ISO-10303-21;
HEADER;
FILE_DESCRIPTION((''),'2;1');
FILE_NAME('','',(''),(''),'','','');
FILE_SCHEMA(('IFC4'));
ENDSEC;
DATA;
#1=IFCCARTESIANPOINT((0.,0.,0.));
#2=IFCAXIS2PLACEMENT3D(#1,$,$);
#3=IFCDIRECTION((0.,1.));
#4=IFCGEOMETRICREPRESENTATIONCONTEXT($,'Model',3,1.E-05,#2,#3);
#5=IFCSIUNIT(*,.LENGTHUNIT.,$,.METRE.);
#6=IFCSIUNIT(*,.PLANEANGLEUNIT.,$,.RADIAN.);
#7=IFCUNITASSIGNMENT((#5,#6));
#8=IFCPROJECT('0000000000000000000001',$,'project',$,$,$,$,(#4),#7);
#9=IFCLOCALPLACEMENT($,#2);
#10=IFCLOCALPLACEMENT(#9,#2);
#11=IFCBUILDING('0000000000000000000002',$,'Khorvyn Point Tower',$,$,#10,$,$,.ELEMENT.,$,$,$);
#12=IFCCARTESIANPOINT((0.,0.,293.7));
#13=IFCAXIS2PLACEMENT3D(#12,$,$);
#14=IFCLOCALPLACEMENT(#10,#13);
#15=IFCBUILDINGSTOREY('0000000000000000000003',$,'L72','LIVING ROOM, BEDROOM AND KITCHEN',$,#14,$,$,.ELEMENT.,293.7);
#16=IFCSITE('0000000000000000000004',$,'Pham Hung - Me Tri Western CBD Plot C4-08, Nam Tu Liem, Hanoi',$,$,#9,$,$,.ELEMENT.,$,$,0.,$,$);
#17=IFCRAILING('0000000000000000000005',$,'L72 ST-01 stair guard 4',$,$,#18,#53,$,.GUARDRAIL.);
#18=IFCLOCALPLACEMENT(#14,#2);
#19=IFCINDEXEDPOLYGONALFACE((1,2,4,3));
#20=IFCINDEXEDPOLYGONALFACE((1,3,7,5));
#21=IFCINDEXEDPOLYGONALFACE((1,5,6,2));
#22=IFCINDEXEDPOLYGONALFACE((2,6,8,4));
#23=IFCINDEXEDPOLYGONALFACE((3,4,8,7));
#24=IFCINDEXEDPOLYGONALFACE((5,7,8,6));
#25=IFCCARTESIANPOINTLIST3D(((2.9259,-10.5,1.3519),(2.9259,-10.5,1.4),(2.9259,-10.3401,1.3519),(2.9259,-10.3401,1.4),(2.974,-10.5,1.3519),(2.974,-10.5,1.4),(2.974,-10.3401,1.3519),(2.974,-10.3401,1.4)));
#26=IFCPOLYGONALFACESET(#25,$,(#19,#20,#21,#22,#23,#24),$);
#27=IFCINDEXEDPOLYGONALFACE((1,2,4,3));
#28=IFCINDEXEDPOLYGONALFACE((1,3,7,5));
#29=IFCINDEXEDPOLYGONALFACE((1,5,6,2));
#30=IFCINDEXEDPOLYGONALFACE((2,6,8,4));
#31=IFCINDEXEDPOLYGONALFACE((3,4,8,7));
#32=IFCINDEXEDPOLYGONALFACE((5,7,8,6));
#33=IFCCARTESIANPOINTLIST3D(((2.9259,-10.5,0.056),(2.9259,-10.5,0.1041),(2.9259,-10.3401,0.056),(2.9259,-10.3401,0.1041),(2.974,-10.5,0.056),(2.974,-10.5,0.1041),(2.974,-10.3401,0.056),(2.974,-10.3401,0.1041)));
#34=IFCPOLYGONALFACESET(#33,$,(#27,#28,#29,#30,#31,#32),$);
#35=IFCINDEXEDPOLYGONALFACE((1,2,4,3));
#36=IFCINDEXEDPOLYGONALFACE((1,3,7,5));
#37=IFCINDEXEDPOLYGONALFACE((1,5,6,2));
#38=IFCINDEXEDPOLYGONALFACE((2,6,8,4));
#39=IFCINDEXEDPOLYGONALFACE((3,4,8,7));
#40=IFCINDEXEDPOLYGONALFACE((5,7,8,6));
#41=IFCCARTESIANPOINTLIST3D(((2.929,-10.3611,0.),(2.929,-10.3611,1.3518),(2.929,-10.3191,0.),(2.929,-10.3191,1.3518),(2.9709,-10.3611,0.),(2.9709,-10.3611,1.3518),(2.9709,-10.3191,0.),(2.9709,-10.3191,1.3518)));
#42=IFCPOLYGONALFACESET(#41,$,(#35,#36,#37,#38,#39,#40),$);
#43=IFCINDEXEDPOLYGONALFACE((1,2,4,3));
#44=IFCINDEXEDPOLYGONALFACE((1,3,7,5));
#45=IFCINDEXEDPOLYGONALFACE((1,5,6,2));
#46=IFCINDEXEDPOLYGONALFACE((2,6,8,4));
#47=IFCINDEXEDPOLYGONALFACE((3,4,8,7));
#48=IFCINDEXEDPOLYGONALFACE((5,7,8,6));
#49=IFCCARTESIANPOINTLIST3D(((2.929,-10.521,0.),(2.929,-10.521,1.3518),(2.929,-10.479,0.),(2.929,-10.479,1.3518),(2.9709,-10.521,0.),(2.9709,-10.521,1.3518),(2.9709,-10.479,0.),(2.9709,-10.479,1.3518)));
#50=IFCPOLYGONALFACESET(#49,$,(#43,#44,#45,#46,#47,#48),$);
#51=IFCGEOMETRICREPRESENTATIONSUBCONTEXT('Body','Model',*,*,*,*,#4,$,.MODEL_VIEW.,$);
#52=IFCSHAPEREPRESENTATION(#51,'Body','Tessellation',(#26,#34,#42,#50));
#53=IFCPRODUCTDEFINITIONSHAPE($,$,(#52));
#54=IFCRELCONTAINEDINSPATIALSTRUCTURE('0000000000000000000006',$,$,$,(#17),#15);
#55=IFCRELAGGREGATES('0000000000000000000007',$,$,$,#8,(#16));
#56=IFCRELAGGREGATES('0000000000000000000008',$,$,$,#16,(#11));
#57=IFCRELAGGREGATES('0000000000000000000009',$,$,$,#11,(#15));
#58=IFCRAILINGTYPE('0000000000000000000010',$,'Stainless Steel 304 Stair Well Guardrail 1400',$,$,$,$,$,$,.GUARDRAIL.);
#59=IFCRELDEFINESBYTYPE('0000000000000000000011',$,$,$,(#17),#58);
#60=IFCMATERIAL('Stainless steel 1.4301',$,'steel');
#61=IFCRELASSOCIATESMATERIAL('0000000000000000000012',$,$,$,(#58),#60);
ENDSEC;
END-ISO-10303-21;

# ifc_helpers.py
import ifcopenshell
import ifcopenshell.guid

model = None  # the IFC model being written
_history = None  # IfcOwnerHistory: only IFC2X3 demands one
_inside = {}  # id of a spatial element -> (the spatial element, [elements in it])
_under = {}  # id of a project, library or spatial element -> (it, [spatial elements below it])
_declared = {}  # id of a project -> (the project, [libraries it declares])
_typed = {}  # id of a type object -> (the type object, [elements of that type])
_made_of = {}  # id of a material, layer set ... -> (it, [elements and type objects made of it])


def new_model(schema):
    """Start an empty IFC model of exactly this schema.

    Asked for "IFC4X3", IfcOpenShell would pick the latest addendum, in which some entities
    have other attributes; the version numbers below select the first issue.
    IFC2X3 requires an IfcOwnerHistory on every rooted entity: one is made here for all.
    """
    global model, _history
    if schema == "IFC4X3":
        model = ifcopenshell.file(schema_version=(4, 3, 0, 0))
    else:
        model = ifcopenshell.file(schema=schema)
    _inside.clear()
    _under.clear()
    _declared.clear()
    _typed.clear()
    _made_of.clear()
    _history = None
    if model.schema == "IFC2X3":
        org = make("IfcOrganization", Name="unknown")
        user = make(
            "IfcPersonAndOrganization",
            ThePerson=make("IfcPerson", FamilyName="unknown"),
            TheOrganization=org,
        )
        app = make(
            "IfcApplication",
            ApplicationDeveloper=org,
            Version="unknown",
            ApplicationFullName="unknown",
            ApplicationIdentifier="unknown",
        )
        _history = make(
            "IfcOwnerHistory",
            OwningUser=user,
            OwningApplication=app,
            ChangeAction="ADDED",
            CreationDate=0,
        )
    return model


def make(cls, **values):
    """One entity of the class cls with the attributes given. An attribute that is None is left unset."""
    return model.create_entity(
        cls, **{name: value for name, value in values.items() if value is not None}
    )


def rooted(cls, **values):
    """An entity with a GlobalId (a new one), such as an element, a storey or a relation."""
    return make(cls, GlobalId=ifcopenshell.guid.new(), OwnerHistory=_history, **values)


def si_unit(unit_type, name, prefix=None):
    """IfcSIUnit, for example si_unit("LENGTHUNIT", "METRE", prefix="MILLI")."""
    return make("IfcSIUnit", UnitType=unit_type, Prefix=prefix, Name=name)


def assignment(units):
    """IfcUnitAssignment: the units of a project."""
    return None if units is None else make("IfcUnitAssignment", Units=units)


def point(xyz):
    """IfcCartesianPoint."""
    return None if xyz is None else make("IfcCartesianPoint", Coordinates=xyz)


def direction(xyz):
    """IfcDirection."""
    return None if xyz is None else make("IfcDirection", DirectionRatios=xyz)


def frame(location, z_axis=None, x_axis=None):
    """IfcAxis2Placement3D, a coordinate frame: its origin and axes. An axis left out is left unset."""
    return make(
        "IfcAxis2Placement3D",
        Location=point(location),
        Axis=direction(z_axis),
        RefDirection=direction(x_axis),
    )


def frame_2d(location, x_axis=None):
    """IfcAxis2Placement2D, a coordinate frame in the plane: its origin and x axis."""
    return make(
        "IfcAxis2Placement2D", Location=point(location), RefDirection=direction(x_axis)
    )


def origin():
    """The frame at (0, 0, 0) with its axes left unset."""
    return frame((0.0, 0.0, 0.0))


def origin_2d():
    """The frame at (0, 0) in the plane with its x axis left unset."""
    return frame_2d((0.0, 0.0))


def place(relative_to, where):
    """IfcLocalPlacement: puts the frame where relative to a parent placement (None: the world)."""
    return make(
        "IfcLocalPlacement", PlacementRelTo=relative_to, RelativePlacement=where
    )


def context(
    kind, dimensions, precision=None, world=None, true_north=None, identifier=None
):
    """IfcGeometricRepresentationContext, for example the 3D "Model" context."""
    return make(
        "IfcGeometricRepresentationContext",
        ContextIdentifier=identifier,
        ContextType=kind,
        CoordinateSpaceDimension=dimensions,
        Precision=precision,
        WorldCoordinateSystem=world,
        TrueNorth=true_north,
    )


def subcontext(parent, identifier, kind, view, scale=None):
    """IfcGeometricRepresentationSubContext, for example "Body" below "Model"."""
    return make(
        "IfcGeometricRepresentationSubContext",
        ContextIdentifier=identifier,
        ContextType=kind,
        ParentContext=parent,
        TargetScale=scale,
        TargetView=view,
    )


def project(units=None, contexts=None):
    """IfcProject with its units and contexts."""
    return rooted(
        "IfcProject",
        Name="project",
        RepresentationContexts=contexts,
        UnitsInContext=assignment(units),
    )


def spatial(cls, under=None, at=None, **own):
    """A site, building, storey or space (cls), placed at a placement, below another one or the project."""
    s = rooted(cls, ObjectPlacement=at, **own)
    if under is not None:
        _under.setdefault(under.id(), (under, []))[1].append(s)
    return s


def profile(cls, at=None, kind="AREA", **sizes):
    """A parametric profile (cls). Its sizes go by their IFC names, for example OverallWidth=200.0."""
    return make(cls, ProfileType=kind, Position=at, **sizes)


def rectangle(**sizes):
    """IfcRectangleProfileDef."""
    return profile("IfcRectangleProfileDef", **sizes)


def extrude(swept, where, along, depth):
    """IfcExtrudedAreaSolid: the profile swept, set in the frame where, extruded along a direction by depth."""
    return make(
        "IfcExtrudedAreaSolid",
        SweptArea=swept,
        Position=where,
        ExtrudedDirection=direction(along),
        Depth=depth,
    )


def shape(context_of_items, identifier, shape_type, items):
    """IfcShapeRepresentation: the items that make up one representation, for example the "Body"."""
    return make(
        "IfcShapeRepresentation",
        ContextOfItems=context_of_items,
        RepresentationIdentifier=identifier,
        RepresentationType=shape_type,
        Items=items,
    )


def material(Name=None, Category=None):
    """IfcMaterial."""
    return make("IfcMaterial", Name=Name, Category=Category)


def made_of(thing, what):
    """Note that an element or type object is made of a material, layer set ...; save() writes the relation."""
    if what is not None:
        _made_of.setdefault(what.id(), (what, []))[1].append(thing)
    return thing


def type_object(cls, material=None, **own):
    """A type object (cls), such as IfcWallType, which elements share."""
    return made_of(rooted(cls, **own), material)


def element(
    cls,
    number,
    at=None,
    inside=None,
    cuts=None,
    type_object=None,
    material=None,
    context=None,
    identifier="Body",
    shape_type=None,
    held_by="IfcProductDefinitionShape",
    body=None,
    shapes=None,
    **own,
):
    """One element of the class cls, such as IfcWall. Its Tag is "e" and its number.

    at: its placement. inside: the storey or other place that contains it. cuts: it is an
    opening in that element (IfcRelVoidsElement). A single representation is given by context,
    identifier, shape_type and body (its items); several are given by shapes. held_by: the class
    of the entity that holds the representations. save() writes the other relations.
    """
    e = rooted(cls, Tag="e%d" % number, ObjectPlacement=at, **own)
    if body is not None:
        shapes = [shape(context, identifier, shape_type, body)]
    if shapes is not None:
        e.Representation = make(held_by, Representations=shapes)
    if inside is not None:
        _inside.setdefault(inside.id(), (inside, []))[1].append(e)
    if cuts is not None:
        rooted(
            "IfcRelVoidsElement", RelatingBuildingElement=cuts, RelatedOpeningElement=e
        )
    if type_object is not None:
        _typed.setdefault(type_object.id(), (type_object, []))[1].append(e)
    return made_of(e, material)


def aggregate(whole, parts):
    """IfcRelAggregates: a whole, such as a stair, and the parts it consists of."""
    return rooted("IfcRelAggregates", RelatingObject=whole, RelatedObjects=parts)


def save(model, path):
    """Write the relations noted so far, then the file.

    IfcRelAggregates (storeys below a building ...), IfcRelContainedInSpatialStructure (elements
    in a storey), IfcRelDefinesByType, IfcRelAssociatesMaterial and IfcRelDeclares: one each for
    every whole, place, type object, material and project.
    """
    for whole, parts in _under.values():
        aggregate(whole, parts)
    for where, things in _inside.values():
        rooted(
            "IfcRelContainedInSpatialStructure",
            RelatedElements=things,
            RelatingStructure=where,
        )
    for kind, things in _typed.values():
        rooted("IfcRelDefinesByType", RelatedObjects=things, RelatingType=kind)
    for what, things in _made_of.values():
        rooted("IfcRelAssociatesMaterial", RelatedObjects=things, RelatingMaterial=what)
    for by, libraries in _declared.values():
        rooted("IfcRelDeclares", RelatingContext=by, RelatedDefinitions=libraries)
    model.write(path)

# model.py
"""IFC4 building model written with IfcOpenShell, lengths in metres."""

from ifc_helpers import new_model, si_unit, direction, frame, origin, origin_2d, place, context, subcontext, project, spatial, rectangle, extrude, material, type_object, element, save


model = new_model("IFC4")

# Units and contexts
model_context = context("Model", 3, precision=1e-05, world=origin(), true_north=direction((0.0, 1.0)))
body_context = subcontext(model_context, "Body", "Model", "MODEL_VIEW")
ifc_project = project(units=[si_unit("LENGTHUNIT", "METRE"), si_unit("PLANEANGLEUNIT", "RADIAN")], contexts=[model_context])

# Site, building, storey
site_placement = place(None, origin())
site = spatial("IfcSite", under=ifc_project, at=site_placement, Name="Pham Hung - Me Tri Western CBD Plot C4-08, Nam Tu Liem, Hanoi", CompositionType="ELEMENT", RefElevation=0.0)
building_placement = place(site_placement, origin())
building = spatial("IfcBuilding", under=site, at=building_placement, Name="Khorvyn Point Tower", CompositionType="ELEMENT")
storey_placement = place(building_placement, frame((0.0, 0.0, 293.7)))
storey = spatial("IfcBuildingStorey", under=building, at=storey_placement, Name="L72", Description="LIVING ROOM, BEDROOM AND KITCHEN", CompositionType="ELEMENT", Elevation=293.7)

# Shared definitions
ifc_material_1 = material(Name="Stainless steel 1.4301", Category="steel")

# Railing
railing_type_1 = type_object("IfcRailingType", Name="Stainless Steel 304 Stair Well Guardrail 1400", PredefinedType="GUARDRAIL", material=ifc_material_1)
railing_1_placement = place(storey_placement, frame((2.95, -10.3401, 0.0)))
element("IfcRailing", 1, at=railing_1_placement, inside=storey, type_object=railing_type_1, Name="L72 ST-01 stair guard 4", PredefinedType="GUARDRAIL", context=body_context, shape_type="SweptSolid", body=[
    extrude(rectangle(XDim=0.0481, YDim=0.0481, at=origin_2d()), frame((0.0, 0.0, 1.376), z_axis=(0.0, -1.0, 0.0), x_axis=(1.0, 0.0, 0.0)), (0.0, 0.0, 1.0), 0.1599),
    extrude(rectangle(XDim=0.0481, YDim=0.0481, at=origin_2d()), frame((0.0, 0.0, 0.0801), z_axis=(0.0, -1.0, 0.0), x_axis=(1.0, 0.0, 0.0)), (0.0, 0.0, 1.0), 0.1599),
    extrude(rectangle(XDim=0.042, YDim=0.042, at=origin_2d()), origin(), (0.0, 0.0, 1.0), 1.3518),
    extrude(rectangle(XDim=0.042, YDim=0.042, at=origin_2d()), frame((0.0, -0.1599, 0.0)), (0.0, 0.0, 1.0), 1.3518),
])

save(model, "model.ifc")
